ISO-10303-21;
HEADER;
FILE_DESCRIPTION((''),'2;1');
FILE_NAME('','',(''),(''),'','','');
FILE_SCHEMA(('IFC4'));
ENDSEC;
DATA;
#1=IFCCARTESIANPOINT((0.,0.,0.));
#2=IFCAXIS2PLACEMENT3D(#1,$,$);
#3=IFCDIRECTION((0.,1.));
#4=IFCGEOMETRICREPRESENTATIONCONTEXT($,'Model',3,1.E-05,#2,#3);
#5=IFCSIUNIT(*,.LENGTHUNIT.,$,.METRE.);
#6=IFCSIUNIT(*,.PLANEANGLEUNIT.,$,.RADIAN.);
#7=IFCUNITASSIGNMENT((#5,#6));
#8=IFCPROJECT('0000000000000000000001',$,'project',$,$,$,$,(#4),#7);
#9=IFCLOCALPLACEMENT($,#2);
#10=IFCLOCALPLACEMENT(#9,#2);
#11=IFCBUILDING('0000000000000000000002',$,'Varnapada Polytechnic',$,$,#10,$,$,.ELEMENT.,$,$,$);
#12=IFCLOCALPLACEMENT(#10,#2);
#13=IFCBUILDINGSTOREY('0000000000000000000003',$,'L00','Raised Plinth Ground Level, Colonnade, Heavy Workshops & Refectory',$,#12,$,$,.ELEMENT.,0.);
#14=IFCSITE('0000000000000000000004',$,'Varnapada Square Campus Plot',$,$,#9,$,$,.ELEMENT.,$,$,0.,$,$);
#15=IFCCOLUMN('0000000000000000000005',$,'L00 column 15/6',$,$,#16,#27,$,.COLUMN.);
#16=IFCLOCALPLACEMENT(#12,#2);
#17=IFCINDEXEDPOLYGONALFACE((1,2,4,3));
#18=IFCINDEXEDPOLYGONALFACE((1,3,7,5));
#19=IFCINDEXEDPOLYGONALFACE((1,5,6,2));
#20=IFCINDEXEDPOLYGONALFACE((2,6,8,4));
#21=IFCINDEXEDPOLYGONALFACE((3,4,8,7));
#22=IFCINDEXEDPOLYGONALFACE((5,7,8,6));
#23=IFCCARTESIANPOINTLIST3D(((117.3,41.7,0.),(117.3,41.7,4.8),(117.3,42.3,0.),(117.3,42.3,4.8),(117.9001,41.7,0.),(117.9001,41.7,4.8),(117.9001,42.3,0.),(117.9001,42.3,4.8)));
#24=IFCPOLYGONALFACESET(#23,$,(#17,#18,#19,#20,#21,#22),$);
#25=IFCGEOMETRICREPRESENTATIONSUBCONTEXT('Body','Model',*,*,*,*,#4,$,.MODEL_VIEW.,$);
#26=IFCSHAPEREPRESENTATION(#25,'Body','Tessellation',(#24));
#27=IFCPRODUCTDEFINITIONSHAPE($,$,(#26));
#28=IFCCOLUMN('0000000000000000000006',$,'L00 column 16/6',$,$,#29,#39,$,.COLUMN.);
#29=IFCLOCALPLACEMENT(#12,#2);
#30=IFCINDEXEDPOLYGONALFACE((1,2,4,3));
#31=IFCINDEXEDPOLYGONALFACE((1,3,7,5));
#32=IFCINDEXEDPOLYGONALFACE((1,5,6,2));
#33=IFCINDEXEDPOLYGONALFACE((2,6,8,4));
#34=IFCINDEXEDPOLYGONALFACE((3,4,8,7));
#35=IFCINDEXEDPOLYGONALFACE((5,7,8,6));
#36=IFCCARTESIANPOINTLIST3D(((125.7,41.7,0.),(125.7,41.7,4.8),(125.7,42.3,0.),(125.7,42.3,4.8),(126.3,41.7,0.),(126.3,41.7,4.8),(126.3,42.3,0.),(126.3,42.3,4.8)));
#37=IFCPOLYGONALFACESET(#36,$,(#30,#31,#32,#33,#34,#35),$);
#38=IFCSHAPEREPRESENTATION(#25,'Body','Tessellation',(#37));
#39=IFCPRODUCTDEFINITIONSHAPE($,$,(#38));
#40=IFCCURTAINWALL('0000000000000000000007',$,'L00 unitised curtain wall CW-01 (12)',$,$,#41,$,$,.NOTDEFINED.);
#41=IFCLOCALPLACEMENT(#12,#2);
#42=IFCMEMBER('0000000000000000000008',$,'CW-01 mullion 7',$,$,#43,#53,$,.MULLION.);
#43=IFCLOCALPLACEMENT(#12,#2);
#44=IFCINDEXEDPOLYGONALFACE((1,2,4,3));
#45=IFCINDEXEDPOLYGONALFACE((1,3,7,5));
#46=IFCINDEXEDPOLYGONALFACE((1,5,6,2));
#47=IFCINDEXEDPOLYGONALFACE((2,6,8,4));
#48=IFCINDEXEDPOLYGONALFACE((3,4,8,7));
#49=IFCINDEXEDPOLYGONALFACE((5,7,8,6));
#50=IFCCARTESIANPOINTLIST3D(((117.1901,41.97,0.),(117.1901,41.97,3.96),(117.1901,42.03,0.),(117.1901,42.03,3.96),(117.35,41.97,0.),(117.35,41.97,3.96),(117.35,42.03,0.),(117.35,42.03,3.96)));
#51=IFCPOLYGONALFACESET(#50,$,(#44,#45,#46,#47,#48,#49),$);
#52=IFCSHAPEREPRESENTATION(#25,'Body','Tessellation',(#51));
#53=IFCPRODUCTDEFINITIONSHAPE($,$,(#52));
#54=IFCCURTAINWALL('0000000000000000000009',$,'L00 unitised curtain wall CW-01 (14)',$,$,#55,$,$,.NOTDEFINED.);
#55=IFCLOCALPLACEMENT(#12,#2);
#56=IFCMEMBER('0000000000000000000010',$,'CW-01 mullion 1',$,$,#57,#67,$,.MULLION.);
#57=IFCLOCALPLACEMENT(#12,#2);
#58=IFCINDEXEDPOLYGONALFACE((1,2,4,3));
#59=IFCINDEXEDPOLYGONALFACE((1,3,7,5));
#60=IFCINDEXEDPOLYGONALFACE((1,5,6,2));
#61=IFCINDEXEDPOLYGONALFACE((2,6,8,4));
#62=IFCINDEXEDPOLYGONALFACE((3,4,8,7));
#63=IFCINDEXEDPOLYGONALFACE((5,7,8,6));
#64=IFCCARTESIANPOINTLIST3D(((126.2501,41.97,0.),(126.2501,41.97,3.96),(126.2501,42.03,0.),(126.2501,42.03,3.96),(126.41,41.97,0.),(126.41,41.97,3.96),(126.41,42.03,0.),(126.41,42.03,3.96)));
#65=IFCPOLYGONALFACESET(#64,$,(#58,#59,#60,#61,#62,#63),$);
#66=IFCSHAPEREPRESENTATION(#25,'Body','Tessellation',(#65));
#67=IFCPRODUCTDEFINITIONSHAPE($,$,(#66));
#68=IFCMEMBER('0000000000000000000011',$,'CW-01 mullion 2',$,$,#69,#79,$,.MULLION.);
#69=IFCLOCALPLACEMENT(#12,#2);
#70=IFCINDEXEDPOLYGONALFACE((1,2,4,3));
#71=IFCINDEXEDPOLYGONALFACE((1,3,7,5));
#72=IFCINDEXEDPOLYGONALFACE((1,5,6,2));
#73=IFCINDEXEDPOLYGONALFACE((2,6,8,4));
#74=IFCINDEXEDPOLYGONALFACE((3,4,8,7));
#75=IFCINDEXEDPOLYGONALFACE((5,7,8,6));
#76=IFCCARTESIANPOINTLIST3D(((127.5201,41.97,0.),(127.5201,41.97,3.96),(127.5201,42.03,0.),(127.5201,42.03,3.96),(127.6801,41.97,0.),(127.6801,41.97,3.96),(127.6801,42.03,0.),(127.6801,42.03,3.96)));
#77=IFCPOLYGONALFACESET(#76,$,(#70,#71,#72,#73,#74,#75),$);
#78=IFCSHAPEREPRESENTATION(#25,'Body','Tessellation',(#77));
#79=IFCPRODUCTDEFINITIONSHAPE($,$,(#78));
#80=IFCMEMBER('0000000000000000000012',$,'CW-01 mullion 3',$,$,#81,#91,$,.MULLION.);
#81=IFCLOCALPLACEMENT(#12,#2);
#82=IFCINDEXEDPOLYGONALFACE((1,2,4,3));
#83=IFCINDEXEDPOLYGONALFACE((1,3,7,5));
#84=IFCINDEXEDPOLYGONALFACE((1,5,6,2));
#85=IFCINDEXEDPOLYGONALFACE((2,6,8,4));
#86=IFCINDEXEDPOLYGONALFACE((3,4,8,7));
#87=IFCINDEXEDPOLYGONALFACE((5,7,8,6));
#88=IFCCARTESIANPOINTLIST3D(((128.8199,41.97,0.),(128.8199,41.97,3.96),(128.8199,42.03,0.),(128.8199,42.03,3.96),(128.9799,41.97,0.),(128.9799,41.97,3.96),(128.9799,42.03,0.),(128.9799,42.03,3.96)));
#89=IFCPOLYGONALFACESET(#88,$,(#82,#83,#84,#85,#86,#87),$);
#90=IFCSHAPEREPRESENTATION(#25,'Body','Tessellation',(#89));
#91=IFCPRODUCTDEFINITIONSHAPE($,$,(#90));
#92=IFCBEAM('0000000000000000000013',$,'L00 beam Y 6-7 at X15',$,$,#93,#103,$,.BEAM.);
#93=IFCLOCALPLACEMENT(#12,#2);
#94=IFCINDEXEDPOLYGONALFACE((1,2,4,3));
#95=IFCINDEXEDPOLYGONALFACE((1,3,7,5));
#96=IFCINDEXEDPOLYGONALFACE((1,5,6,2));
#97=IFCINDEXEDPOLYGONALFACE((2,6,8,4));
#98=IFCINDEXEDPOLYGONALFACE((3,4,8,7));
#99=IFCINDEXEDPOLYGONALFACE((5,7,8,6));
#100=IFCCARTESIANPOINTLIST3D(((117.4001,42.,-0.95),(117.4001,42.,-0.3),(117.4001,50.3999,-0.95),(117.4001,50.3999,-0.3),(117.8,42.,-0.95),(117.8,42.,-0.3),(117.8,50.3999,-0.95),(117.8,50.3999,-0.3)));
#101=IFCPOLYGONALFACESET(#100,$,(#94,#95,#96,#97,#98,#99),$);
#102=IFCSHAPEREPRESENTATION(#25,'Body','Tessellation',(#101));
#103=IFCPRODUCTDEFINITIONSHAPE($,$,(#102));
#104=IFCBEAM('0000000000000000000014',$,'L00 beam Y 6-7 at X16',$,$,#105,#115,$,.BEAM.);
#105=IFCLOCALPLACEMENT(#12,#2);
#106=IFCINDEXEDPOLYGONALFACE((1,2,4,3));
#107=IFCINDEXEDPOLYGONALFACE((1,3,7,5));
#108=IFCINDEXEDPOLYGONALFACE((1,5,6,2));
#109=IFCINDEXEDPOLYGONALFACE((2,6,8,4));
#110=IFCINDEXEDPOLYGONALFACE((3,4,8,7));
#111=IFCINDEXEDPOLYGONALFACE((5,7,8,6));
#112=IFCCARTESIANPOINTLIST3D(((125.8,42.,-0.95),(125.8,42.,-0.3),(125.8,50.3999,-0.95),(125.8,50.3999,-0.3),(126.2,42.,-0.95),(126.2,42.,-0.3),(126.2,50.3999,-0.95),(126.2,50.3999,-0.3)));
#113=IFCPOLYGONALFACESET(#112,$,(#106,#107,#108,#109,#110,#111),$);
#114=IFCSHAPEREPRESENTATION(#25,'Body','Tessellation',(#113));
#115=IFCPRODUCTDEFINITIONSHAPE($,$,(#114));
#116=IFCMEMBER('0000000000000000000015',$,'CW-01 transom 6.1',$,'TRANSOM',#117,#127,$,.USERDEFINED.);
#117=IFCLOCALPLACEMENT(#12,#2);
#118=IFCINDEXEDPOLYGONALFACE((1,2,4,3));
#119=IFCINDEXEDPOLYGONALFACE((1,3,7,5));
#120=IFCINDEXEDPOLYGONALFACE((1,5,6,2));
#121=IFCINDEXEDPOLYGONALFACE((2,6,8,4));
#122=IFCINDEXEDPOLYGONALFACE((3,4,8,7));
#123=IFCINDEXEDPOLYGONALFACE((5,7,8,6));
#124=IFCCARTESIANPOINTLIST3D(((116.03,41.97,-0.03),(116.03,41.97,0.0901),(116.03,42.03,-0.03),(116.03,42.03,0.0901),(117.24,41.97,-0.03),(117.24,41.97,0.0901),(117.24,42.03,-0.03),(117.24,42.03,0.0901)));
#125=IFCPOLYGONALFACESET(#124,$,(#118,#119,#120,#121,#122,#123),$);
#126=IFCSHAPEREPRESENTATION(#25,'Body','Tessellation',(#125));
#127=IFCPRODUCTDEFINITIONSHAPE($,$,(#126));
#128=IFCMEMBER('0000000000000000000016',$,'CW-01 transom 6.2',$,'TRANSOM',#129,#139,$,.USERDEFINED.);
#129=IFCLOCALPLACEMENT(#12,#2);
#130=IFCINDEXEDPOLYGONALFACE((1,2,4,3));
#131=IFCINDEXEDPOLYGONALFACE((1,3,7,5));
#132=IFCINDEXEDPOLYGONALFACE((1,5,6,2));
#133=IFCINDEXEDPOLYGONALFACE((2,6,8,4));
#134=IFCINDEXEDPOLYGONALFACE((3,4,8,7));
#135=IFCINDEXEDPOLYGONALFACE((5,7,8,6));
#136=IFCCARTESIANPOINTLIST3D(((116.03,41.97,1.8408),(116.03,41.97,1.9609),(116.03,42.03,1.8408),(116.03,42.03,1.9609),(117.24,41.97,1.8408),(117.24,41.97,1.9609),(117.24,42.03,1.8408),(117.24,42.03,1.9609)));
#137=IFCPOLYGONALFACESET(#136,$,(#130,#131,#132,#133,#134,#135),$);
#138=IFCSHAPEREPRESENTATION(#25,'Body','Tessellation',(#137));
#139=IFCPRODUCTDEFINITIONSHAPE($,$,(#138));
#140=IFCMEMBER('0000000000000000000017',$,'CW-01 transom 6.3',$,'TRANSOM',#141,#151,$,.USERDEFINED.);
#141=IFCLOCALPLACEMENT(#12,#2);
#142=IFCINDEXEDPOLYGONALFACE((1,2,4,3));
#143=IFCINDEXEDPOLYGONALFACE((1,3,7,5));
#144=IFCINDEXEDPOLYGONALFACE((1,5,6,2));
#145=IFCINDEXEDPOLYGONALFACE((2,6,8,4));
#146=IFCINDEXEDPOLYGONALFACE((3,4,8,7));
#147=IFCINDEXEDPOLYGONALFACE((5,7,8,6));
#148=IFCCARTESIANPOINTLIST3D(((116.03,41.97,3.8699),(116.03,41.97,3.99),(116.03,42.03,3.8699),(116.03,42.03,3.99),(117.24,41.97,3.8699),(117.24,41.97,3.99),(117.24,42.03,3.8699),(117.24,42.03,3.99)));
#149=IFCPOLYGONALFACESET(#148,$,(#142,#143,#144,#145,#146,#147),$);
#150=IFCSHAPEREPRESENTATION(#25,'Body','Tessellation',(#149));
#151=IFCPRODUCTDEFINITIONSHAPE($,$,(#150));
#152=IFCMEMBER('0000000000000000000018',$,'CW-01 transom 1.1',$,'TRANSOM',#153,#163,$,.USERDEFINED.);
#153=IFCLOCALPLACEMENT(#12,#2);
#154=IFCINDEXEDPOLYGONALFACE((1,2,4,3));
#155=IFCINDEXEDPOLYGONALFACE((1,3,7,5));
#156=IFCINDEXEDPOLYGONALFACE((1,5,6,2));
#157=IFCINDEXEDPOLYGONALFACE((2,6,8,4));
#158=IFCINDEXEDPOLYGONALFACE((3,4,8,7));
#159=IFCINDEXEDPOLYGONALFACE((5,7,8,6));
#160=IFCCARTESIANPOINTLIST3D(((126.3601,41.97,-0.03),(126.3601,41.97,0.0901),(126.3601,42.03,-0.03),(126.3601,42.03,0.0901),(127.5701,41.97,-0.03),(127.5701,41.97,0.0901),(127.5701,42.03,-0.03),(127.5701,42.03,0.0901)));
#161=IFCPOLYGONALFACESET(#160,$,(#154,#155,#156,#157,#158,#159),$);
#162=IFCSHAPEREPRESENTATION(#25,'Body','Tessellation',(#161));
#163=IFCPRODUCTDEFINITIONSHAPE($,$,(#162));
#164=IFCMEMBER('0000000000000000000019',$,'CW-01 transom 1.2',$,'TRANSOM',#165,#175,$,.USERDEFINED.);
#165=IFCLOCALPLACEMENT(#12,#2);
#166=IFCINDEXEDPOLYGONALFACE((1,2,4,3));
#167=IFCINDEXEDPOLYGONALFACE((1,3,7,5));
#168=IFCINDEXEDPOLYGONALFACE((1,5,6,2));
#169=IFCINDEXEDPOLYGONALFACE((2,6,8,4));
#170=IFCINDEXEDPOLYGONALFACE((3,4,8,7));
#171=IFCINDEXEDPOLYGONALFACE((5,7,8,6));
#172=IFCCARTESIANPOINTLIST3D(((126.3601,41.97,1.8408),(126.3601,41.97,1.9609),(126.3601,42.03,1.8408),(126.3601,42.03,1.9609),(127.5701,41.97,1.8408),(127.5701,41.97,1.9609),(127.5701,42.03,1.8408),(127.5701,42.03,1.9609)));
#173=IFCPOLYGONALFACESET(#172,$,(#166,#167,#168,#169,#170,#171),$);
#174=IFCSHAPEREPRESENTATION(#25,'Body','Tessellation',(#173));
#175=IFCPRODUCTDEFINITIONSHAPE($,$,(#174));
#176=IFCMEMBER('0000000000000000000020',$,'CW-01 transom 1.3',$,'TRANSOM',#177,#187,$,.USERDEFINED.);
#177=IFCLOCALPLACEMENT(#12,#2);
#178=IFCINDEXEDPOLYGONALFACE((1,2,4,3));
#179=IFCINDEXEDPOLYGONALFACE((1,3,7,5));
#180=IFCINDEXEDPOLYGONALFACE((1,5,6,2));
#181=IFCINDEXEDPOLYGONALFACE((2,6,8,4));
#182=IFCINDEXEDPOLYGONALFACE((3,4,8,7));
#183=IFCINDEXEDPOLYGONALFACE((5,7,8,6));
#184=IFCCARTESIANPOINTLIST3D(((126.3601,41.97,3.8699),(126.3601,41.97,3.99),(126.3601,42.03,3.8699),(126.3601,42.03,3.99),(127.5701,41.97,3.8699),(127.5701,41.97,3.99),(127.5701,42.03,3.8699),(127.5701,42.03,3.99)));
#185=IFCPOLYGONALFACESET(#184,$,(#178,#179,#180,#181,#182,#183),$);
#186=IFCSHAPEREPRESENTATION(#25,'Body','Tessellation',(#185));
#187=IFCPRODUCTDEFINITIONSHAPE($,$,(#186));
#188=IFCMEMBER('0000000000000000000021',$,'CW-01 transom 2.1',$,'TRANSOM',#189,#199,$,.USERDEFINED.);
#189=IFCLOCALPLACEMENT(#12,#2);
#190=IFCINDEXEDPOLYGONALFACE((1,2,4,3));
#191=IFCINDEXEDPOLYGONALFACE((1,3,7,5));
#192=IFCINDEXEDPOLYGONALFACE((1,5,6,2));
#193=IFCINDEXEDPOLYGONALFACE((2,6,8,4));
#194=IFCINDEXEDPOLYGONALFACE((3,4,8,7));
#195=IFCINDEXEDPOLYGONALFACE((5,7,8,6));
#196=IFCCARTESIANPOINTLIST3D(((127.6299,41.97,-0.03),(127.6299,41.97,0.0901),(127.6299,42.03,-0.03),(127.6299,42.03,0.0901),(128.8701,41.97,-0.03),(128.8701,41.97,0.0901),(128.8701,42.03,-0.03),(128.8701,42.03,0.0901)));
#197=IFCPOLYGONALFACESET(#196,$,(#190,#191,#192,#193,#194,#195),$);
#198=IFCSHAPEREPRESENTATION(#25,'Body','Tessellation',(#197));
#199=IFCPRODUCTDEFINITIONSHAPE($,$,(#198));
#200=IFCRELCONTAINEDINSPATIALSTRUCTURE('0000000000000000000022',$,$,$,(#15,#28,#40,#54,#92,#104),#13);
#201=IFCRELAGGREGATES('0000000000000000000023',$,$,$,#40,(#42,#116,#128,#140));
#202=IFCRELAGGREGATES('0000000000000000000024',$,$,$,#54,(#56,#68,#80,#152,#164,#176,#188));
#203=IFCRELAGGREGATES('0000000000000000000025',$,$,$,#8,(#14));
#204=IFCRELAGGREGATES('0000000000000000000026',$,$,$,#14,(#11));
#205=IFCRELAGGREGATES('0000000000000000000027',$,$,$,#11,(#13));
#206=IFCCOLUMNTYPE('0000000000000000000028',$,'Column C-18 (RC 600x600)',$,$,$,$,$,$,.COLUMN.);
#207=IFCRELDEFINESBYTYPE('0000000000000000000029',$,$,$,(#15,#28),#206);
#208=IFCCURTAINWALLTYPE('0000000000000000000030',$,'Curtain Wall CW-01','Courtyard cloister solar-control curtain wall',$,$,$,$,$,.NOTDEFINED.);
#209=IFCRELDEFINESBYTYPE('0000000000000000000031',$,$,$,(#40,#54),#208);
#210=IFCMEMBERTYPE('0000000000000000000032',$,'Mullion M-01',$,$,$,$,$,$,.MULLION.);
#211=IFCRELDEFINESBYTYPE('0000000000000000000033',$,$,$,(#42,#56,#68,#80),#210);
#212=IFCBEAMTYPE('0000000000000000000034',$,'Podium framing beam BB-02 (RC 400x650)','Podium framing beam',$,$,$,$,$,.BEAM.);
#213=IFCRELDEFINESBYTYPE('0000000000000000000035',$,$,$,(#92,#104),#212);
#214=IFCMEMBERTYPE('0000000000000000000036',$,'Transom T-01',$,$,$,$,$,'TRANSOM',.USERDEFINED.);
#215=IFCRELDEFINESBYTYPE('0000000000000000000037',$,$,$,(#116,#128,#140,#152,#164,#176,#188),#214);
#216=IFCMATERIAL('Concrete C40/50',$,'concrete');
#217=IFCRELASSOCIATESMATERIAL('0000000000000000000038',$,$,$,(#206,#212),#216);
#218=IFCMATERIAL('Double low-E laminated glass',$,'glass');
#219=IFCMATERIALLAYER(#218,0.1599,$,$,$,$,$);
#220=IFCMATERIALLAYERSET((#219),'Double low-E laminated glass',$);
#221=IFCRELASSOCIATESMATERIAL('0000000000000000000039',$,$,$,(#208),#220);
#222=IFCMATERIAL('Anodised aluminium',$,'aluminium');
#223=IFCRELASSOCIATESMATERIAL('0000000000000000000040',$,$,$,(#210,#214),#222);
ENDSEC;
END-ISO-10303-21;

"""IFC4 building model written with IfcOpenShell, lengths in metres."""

from ifc_helpers import new_model, si_unit, direction, frame, origin, origin_2d, place, context, subcontext, project, spatial, rectangle, extrude, material, layer, layer_set, material_profile, profile_set, type_object, element, aggregate, save


model = new_model("IFC4")

# Units and contexts
model_context = context("Model", 3, precision=1e-05, world=origin(), true_north=direction((0.0, 1.0)))
body_context = subcontext(model_context, "Body", "Model", "MODEL_VIEW")
ifc_project = project(units=[si_unit("LENGTHUNIT", "METRE"), si_unit("PLANEANGLEUNIT", "RADIAN")], contexts=[model_context])

# Site, building, storey
site_placement = place(None, origin())
site = spatial("IfcSite", under=ifc_project, at=site_placement, Name="Varnapada Square Campus Plot", CompositionType="ELEMENT", RefElevation=0.0)
building_placement = place(site_placement, origin())
building = spatial("IfcBuilding", under=site, at=building_placement, Name="Varnapada Polytechnic", CompositionType="ELEMENT")
storey_placement = place(building_placement, origin())
storey = spatial("IfcBuildingStorey", under=building, at=storey_placement, Name="L00", Description="Raised Plinth Ground Level, Colonnade, Heavy Workshops & Refectory", CompositionType="ELEMENT", Elevation=0.0)

# Columns
ifc_material_1 = material(Name="Concrete C40/50", Category="concrete")
ifc_material_profile_1 = material_profile(ifc_material_1, rectangle(XDim=0.6001, YDim=0.6001, at=origin_2d()), Name="RC 600x600")
ifc_profile_set_1 = profile_set([ifc_material_profile_1], Name="Concrete C40/50")
column_type = type_object("IfcColumnType", Name="Column C-18 (RC 600x600)", PredefinedType="COLUMN", material=ifc_profile_set_1)
for number, where, z_axis, x_axis, name in (
    (1, (117.6001, 42.0, 0.0), (0.0, 0.0, 1.0), (1.0, 0.0, 0.0), "L00 column 15/6"),
    (2, (126.0, 42.0, 0.0), (0.0, 0.0, 1.0), (1.0, 0.0, 0.0), "L00 column 16/6"),
):
    element("IfcColumn", number, at=place(storey_placement, frame(where, z_axis=z_axis, x_axis=x_axis)), inside=storey, type_object=column_type, Name=name, PredefinedType="COLUMN", context=body_context, shape_type="SweptSolid", body=[
        extrude(rectangle(XDim=0.6001, YDim=0.6001, at=origin_2d()), origin(), (0.0, 0.0, 1.0), 4.8),
    ])

# Curtain wall, member
ifc_material_2 = material(Name="Double low-E laminated glass", Category="glass")
ifc_layer_1 = layer(ifc_material_2, 0.1599)
ifc_layer_set_1 = layer_set([ifc_layer_1], Name="Double low-E laminated glass")
curtain_wall_type = type_object("IfcCurtainWallType", Name="Curtain Wall CW-01", Description="Courtyard cloister solar-control curtain wall", PredefinedType="NOTDEFINED", material=ifc_layer_set_1)
curtain_wall_1_placement = place(storey_placement, origin())
curtain_wall_1 = element("IfcCurtainWall", 3, at=curtain_wall_1_placement, inside=storey, type_object=curtain_wall_type, Name="L00 unitised curtain wall CW-01 (12)", PredefinedType="NOTDEFINED")
ifc_material_3 = material(Name="Anodised aluminium", Category="aluminium")
ifc_material_profile_2 = material_profile(ifc_material_3, rectangle(XDim=0.0601, YDim=0.1599, at=origin_2d()), Name="ALU M60x160")
ifc_profile_set_2 = profile_set([ifc_material_profile_2], Name="Anodised aluminium")
member_type_1 = type_object("IfcMemberType", Name="Mullion M-01", PredefinedType="MULLION", material=ifc_profile_set_2)
member_1_placement = place(storey_placement, frame((117.27, 42.0, 0.0), z_axis=(0.0, 0.0, 1.0), x_axis=(0.0, 1.0, 0.0)))
member_1 = element("IfcMember", 4, at=member_1_placement, type_object=member_type_1, Name="CW-01 mullion 7", PredefinedType="MULLION", context=body_context, shape_type="SweptSolid", body=[
    extrude(rectangle(XDim=0.0601, YDim=0.1599, at=origin_2d()), origin(), (0.0, 0.0, 1.0), 3.96),
])

# Curtain wall, members
curtain_wall_2_placement = place(storey_placement, origin())
curtain_wall_2 = element("IfcCurtainWall", 5, at=curtain_wall_2_placement, inside=storey, type_object=curtain_wall_type, Name="L00 unitised curtain wall CW-01 (14)", PredefinedType="NOTDEFINED")
member_2_placement = place(storey_placement, frame((126.3301, 42.0, 0.0), z_axis=(0.0, 0.0, 1.0), x_axis=(0.0, 1.0, 0.0)))
member_2 = element("IfcMember", 6, at=member_2_placement, type_object=member_type_1, Name="CW-01 mullion 1", PredefinedType="MULLION", context=body_context, shape_type="SweptSolid", body=[
    extrude(rectangle(XDim=0.0601, YDim=0.1599, at=origin_2d()), origin(), (0.0, 0.0, 1.0), 3.96),
])
member_3_placement = place(storey_placement, frame((127.6001, 42.0, 0.0), z_axis=(0.0, 0.0, 1.0), x_axis=(0.0, 1.0, 0.0)))
member_3 = element("IfcMember", 7, at=member_3_placement, type_object=member_type_1, Name="CW-01 mullion 2", PredefinedType="MULLION", context=body_context, shape_type="SweptSolid", body=[
    extrude(rectangle(XDim=0.0601, YDim=0.1599, at=origin_2d()), origin(), (0.0, 0.0, 1.0), 3.96),
])
member_4_placement = place(storey_placement, frame((128.8999, 42.0, 0.0), z_axis=(0.0, 0.0, 1.0), x_axis=(0.0, 1.0, 0.0)))
member_4 = element("IfcMember", 8, at=member_4_placement, type_object=member_type_1, Name="CW-01 mullion 3", PredefinedType="MULLION", context=body_context, shape_type="SweptSolid", body=[
    extrude(rectangle(XDim=0.0601, YDim=0.1599, at=origin_2d()), origin(), (0.0, 0.0, 1.0), 3.96),
])

# Beams
ifc_material_profile_3 = material_profile(ifc_material_1, rectangle(XDim=0.3999, YDim=0.6499, at=origin_2d()), Name="RC 400x650")
ifc_profile_set_3 = profile_set([ifc_material_profile_3], Name="Concrete C40/50")
beam_type_1 = type_object("IfcBeamType", Name="Podium framing beam BB-02 (RC 400x650)", Description="Podium framing beam", PredefinedType="BEAM", material=ifc_profile_set_3)
for number, where, z_axis, x_axis, name in (
    (9, (117.6001, 42.0, -0.625), (0.0, 1.0, 0.0), (-1.0, 0.0, 0.0), "L00 beam Y 6-7 at X15"),
    (10, (126.0, 42.0, -0.625), (0.0, 1.0, 0.0), (-1.0, 0.0, 0.0), "L00 beam Y 6-7 at X16"),
):
    element("IfcBeam", number, at=place(storey_placement, frame(where, z_axis=z_axis, x_axis=x_axis)), inside=storey, type_object=beam_type_1, Name=name, PredefinedType="BEAM", context=body_context, shape_type="SweptSolid", body=[
        extrude(rectangle(XDim=0.3999, YDim=0.6499, at=origin_2d()), origin(), (0.0, 0.0, 1.0), 8.3999),
    ])

# Members
ifc_material_profile_4 = material_profile(ifc_material_3, rectangle(XDim=0.0601, YDim=0.1201, at=origin_2d()), Name="ALU T60x120")
ifc_profile_set_4 = profile_set([ifc_material_profile_4], Name="Anodised aluminium")
member_type_2 = type_object("IfcMemberType", Name="Transom T-01", ElementType="TRANSOM", PredefinedType="USERDEFINED", material=ifc_profile_set_4)
member_5_placement = place(storey_placement, frame((116.03, 42.0, 0.03), z_axis=(1.0, 0.0, 0.0), x_axis=(0.0, 1.0, 0.0)))
member_5 = element("IfcMember", 11, at=member_5_placement, type_object=member_type_2, Name="CW-01 transom 6.1", ObjectType="TRANSOM", PredefinedType="USERDEFINED", context=body_context, shape_type="SweptSolid", body=[
    extrude(rectangle(XDim=0.0601, YDim=0.1201, at=origin_2d()), origin(), (0.0, 0.0, 1.0), 1.21),
])
member_6_placement = place(storey_placement, frame((116.03, 42.0, 1.9009), z_axis=(1.0, 0.0, 0.0), x_axis=(0.0, 1.0, 0.0)))
member_6 = element("IfcMember", 12, at=member_6_placement, type_object=member_type_2, Name="CW-01 transom 6.2", ObjectType="TRANSOM", PredefinedType="USERDEFINED", context=body_context, shape_type="SweptSolid", body=[
    extrude(rectangle(XDim=0.0601, YDim=0.1201, at=origin_2d()), origin(), (0.0, 0.0, 1.0), 1.21),
])
member_7_placement = place(storey_placement, frame((116.03, 42.0, 3.9299), z_axis=(1.0, 0.0, 0.0), x_axis=(0.0, 1.0, 0.0)))
member_7 = element("IfcMember", 13, at=member_7_placement, type_object=member_type_2, Name="CW-01 transom 6.3", ObjectType="TRANSOM", PredefinedType="USERDEFINED", context=body_context, shape_type="SweptSolid", body=[
    extrude(rectangle(XDim=0.0601, YDim=0.1201, at=origin_2d()), origin(), (0.0, 0.0, 1.0), 1.21),
])
member_8_placement = place(storey_placement, frame((126.3601, 42.0, 0.03), z_axis=(1.0, 0.0, 0.0), x_axis=(0.0, 1.0, 0.0)))
member_8 = element("IfcMember", 14, at=member_8_placement, type_object=member_type_2, Name="CW-01 transom 1.1", ObjectType="TRANSOM", PredefinedType="USERDEFINED", context=body_context, shape_type="SweptSolid", body=[
    extrude(rectangle(XDim=0.0601, YDim=0.1201, at=origin_2d()), origin(), (0.0, 0.0, 1.0), 1.21),
])
member_9_placement = place(storey_placement, frame((126.3601, 42.0, 1.9009), z_axis=(1.0, 0.0, 0.0), x_axis=(0.0, 1.0, 0.0)))
member_9 = element("IfcMember", 15, at=member_9_placement, type_object=member_type_2, Name="CW-01 transom 1.2", ObjectType="TRANSOM", PredefinedType="USERDEFINED", context=body_context, shape_type="SweptSolid", body=[
    extrude(rectangle(XDim=0.0601, YDim=0.1201, at=origin_2d()), origin(), (0.0, 0.0, 1.0), 1.21),
])
member_10_placement = place(storey_placement, frame((126.3601, 42.0, 3.9299), z_axis=(1.0, 0.0, 0.0), x_axis=(0.0, 1.0, 0.0)))
member_10 = element("IfcMember", 16, at=member_10_placement, type_object=member_type_2, Name="CW-01 transom 1.3", ObjectType="TRANSOM", PredefinedType="USERDEFINED", context=body_context, shape_type="SweptSolid", body=[
    extrude(rectangle(XDim=0.0601, YDim=0.1201, at=origin_2d()), origin(), (0.0, 0.0, 1.0), 1.21),
])
member_11_placement = place(storey_placement, frame((127.6299, 42.0, 0.03), z_axis=(1.0, 0.0, 0.0), x_axis=(0.0, 1.0, 0.0)))
member_11 = element("IfcMember", 17, at=member_11_placement, type_object=member_type_2, Name="CW-01 transom 2.1", ObjectType="TRANSOM", PredefinedType="USERDEFINED", context=body_context, shape_type="SweptSolid", body=[
    extrude(rectangle(XDim=0.0601, YDim=0.1201, at=origin_2d()), origin(), (0.0, 0.0, 1.0), 1.2402),
])

aggregate(curtain_wall_1, [member_1, member_5, member_6, member_7])
aggregate(curtain_wall_2, [member_2, member_3, member_4, member_8, member_9, member_10, member_11])

save(model, "model.ifc")
